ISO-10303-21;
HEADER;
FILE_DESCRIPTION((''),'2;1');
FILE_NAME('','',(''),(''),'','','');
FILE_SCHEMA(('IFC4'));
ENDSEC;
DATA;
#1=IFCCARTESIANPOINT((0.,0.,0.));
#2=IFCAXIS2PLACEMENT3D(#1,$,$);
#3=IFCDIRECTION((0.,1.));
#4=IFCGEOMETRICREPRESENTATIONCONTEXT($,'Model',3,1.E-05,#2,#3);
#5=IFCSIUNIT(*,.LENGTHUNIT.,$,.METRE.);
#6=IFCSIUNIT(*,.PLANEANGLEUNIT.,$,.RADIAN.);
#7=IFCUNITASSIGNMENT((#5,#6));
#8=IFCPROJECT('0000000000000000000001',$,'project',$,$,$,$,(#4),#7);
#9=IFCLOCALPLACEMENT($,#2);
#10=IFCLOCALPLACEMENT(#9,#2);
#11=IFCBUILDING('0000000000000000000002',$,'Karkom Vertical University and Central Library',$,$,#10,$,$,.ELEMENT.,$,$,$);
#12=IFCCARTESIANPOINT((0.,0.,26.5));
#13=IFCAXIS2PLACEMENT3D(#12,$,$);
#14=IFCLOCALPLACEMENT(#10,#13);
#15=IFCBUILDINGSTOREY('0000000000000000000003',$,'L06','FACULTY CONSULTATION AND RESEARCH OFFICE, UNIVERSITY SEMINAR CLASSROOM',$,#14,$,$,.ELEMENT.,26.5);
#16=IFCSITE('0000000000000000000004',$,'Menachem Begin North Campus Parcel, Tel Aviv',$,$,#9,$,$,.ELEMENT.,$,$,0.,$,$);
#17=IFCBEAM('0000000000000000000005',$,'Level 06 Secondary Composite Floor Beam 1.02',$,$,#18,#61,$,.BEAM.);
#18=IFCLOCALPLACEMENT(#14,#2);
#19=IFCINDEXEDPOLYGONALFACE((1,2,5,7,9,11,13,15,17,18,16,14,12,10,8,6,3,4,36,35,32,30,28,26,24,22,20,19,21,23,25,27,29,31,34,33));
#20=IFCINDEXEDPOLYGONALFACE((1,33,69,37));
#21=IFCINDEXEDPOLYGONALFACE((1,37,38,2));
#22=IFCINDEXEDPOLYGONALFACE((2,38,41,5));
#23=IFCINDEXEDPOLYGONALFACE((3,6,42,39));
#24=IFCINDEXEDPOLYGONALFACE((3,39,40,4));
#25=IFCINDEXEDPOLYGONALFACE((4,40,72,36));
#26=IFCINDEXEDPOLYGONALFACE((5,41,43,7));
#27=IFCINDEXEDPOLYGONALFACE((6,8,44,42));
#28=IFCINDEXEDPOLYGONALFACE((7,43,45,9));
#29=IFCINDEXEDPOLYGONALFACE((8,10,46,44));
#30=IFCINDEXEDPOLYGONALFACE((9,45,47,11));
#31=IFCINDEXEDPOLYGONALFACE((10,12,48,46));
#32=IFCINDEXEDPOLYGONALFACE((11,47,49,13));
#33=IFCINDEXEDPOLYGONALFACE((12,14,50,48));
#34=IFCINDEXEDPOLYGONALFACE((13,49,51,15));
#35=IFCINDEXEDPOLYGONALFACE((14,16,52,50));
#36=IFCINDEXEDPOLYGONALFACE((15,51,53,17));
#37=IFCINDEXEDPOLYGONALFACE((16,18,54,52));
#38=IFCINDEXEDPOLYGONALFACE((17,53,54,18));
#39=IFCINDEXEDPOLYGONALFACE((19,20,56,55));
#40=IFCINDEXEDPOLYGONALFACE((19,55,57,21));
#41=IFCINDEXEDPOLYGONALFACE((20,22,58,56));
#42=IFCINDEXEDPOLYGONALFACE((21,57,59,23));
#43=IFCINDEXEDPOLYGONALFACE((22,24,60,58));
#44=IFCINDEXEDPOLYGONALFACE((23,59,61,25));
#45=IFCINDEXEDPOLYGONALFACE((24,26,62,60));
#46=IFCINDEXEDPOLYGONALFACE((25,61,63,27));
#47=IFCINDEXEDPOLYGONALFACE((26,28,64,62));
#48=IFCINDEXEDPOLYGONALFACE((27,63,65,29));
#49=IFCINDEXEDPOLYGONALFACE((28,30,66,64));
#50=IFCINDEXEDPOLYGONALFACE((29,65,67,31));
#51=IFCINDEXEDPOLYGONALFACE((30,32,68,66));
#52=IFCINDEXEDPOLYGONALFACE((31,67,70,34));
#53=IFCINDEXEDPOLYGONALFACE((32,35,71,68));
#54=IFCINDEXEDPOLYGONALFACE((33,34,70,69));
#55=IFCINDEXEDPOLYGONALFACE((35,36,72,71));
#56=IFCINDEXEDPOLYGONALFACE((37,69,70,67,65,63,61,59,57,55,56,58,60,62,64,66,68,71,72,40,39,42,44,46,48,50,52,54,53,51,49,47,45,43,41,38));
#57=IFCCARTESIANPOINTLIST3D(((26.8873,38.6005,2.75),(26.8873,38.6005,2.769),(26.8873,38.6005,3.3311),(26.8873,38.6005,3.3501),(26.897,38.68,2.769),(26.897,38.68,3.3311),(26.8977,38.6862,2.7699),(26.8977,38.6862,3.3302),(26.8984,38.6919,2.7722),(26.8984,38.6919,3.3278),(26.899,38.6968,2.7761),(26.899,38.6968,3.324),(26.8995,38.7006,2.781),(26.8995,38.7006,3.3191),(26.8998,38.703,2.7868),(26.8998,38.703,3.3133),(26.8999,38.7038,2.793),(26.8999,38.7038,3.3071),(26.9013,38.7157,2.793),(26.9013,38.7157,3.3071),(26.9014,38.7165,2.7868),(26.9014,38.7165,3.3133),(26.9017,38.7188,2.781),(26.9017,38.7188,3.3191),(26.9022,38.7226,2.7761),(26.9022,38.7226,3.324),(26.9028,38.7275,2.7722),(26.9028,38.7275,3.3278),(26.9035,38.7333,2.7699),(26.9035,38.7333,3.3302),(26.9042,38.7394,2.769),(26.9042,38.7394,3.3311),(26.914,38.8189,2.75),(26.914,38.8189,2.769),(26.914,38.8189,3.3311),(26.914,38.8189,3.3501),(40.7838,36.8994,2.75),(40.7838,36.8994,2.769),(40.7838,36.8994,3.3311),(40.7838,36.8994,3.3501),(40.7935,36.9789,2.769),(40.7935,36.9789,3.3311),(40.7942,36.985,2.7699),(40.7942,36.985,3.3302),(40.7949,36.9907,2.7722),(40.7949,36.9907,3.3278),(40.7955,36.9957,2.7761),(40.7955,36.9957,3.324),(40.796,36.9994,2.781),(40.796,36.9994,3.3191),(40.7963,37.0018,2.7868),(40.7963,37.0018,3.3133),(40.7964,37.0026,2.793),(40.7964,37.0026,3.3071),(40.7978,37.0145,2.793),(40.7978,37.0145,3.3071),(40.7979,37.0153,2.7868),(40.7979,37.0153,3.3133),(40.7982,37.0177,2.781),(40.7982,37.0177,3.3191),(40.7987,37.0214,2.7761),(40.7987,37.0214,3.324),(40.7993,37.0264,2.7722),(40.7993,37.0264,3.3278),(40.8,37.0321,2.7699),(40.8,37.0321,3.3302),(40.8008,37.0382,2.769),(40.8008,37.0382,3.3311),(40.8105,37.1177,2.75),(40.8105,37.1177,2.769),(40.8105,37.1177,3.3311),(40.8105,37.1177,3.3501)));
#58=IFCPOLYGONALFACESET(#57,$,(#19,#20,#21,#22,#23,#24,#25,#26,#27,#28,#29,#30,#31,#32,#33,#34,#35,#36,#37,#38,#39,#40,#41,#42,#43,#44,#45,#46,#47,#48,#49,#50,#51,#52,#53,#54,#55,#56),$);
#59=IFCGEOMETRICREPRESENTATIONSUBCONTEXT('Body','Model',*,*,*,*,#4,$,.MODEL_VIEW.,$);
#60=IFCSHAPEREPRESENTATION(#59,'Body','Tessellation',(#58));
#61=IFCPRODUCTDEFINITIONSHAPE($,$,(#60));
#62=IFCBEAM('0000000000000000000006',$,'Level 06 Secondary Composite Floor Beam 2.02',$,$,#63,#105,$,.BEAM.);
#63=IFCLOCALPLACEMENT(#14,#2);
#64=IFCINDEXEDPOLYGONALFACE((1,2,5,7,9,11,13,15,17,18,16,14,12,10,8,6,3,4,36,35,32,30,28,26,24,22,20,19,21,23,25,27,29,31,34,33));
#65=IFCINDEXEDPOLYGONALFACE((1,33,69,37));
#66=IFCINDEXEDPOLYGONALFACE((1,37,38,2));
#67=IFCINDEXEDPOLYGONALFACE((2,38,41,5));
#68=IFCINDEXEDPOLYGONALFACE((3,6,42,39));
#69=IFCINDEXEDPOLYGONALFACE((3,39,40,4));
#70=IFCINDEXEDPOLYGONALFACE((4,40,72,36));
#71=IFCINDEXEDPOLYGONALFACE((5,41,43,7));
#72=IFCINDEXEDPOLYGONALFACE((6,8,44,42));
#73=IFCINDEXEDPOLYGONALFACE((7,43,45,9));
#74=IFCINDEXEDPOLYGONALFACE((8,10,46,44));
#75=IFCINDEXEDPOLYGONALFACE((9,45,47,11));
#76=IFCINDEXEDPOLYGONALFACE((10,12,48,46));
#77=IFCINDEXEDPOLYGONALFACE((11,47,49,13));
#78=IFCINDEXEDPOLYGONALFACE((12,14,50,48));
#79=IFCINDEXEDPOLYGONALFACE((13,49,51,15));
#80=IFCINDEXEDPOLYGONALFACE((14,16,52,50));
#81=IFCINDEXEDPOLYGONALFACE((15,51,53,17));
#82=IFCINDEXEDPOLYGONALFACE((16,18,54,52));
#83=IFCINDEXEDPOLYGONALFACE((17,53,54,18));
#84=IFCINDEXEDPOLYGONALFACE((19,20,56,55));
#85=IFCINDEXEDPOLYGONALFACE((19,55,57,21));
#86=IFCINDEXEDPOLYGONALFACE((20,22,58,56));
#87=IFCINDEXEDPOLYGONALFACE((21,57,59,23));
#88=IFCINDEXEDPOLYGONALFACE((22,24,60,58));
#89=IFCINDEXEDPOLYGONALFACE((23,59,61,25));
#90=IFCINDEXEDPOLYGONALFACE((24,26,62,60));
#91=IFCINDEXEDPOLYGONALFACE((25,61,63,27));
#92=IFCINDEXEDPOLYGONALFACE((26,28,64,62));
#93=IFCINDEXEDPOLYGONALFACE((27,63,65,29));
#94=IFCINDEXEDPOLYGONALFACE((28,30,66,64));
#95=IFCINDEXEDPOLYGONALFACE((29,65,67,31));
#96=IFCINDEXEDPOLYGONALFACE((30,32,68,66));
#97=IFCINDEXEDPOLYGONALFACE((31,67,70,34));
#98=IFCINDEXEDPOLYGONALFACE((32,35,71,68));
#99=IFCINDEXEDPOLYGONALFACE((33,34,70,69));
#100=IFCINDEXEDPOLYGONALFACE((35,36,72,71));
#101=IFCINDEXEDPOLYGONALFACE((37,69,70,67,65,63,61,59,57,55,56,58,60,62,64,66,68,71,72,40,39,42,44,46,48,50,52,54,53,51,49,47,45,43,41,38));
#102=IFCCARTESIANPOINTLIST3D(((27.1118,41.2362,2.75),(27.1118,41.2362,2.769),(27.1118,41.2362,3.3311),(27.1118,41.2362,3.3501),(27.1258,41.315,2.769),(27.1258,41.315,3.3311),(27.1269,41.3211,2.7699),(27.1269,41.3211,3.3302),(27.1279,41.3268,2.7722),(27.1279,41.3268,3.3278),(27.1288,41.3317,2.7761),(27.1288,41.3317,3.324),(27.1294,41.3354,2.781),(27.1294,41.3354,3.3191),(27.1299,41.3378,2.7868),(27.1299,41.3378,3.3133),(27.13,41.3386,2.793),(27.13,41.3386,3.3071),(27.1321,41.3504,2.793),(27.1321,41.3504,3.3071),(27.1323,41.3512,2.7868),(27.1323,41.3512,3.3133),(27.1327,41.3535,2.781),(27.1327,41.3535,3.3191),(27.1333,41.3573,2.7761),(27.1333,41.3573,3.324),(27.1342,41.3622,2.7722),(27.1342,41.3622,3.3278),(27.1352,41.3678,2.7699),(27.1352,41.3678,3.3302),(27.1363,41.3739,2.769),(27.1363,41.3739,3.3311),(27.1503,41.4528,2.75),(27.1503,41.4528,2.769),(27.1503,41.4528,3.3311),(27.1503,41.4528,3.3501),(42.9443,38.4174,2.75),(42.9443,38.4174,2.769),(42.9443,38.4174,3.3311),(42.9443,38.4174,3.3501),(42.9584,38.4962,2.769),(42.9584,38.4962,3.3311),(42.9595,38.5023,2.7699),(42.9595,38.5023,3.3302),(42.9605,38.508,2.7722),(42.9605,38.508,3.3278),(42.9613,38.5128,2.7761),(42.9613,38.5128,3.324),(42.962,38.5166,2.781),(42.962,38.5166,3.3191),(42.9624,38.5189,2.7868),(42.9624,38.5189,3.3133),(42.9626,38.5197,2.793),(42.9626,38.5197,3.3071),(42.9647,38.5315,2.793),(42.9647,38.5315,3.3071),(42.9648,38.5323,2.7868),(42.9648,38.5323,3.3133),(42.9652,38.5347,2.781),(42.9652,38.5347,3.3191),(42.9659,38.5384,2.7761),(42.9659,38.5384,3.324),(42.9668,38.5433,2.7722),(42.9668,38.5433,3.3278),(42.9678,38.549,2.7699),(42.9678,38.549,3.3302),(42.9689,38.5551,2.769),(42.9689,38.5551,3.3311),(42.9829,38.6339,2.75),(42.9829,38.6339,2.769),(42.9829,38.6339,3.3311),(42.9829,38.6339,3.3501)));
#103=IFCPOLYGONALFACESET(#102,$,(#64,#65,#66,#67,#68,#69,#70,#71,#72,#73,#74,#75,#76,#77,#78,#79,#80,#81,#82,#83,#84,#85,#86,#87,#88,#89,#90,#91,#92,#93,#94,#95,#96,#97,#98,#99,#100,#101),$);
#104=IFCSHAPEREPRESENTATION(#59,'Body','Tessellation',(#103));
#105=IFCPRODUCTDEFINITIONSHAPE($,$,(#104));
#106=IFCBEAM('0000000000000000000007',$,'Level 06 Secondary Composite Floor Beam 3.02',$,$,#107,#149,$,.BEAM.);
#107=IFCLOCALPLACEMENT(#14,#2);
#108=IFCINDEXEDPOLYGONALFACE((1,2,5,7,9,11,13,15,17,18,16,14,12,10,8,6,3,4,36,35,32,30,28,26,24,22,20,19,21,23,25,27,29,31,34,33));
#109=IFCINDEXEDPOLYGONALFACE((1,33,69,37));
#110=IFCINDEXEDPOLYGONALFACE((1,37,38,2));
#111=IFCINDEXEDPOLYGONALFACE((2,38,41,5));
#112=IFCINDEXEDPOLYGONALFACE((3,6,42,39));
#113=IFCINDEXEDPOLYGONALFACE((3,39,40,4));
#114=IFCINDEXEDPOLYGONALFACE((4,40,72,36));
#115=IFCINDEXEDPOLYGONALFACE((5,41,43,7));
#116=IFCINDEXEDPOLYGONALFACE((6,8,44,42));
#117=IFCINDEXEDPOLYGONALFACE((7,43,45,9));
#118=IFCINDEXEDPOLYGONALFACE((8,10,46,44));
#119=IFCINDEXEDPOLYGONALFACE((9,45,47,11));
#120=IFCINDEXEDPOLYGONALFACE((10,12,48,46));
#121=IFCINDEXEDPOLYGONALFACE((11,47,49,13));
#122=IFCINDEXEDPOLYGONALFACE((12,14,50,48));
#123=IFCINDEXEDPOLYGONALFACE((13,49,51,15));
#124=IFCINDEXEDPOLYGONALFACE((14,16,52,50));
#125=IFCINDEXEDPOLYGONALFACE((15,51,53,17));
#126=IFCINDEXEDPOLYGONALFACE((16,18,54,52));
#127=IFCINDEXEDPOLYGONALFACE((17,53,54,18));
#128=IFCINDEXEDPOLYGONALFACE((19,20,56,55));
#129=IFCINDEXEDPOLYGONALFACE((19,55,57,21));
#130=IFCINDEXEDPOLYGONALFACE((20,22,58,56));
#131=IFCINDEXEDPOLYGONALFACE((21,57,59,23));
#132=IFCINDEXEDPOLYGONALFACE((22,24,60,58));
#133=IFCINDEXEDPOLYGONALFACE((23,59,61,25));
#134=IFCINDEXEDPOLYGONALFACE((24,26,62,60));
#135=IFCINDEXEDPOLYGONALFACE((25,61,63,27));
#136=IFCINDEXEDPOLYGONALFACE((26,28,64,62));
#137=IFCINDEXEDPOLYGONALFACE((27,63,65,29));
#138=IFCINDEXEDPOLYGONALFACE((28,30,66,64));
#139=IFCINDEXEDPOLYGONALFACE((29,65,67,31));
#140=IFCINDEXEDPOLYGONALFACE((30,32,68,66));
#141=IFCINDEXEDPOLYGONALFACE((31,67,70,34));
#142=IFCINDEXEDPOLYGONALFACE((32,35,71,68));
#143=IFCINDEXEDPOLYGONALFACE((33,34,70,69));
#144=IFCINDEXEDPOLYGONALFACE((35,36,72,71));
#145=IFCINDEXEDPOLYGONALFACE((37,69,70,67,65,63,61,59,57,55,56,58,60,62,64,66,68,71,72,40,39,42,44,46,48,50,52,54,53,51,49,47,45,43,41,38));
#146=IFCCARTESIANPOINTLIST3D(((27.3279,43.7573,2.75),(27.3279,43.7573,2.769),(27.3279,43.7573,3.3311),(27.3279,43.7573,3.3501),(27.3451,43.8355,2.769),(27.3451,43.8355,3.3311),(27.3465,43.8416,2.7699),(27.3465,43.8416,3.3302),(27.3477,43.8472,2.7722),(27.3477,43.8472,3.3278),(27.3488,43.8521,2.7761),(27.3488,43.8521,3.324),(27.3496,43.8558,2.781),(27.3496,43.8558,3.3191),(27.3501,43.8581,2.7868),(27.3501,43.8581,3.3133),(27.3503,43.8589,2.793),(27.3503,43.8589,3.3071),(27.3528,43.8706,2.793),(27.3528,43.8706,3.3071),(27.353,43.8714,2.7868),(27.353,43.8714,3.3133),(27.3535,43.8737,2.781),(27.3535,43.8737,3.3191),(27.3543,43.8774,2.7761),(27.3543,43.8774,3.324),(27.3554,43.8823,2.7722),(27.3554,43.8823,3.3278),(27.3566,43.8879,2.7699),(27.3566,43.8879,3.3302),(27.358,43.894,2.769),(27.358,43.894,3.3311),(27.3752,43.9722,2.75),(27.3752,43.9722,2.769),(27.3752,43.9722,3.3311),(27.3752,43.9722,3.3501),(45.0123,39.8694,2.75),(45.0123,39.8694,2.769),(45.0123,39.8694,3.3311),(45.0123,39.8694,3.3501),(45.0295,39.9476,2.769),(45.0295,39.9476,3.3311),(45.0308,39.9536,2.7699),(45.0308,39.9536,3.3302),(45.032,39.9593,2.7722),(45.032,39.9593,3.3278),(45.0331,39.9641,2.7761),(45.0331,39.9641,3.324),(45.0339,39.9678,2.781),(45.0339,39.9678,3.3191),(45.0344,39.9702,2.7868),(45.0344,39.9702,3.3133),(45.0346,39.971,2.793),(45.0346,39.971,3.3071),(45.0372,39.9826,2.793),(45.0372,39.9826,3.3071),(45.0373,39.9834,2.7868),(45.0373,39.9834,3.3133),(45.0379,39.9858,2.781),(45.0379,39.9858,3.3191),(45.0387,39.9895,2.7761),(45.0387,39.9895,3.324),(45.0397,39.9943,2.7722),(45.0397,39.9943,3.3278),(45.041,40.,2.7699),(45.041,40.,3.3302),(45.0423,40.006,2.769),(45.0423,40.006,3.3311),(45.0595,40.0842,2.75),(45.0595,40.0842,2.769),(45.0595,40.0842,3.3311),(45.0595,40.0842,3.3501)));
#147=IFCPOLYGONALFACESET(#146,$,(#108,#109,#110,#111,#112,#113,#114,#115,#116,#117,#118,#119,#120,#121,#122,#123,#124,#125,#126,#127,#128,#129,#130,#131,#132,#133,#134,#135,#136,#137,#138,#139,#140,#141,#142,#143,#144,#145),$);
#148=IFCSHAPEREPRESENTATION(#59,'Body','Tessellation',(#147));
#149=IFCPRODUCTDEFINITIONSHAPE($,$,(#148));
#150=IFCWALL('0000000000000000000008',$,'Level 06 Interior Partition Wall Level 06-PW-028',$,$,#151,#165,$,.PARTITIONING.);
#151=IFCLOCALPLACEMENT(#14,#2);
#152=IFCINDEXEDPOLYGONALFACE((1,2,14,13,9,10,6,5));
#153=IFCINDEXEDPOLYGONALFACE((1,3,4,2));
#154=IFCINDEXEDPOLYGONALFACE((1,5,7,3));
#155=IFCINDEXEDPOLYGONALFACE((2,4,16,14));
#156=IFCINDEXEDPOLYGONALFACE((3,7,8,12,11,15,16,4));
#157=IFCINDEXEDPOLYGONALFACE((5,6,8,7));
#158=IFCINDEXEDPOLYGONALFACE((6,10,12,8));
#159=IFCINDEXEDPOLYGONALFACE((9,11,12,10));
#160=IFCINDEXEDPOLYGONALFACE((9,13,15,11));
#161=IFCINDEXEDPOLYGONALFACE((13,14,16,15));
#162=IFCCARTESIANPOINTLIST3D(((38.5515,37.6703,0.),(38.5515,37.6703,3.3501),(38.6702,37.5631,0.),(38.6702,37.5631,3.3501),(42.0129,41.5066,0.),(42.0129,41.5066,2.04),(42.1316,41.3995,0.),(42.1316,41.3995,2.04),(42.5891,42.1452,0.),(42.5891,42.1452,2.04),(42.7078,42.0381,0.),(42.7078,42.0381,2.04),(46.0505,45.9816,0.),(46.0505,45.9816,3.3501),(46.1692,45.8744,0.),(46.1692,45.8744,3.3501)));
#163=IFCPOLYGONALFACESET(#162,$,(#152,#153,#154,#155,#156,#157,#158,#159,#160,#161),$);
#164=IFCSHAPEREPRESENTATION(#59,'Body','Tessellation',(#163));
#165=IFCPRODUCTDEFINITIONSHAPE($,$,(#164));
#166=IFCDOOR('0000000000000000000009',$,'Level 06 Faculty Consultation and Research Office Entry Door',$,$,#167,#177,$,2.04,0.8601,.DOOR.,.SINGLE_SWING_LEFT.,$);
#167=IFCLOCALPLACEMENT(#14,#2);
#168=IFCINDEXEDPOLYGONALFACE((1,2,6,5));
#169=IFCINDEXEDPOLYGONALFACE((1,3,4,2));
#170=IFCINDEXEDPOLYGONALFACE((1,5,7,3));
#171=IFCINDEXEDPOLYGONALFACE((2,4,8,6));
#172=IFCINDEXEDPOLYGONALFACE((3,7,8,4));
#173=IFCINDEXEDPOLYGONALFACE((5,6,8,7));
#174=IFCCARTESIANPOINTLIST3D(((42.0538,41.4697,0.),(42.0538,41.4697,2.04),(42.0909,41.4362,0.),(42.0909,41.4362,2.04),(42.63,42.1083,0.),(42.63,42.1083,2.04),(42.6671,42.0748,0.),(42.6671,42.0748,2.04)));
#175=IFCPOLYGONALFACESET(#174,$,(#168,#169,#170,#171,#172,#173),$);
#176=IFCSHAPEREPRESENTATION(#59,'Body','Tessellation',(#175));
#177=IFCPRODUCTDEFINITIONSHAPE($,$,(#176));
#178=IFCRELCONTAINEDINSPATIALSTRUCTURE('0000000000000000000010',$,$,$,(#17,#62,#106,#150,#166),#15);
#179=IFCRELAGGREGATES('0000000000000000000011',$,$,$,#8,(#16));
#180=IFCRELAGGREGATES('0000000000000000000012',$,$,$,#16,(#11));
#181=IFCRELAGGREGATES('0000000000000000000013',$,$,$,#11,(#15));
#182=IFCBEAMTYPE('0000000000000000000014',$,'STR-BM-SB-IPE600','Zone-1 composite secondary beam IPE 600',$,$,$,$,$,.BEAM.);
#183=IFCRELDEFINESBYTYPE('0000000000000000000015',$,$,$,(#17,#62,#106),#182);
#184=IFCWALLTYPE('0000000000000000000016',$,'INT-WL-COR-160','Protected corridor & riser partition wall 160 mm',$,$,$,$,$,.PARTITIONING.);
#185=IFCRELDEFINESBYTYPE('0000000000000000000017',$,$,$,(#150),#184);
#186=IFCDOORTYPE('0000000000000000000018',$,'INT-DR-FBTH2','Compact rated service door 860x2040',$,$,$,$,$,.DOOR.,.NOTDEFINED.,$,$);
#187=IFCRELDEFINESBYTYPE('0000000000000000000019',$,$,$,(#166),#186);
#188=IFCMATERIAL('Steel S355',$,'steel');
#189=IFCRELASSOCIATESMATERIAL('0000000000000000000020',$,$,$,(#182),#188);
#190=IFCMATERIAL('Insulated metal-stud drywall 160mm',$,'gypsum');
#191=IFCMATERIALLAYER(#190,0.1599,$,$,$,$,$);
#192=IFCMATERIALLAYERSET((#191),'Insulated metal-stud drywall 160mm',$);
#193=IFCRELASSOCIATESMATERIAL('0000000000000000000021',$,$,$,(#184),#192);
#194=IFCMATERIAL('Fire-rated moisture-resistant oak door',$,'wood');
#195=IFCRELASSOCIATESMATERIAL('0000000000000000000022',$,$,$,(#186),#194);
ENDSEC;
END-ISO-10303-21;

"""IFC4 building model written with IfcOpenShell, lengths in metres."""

from ifc_helpers import new_model, si_unit, direction, frame, frame_2d, origin, origin_with_axes, origin_2d, place, context, subcontext, project, spatial, rectangle, i_section, extrude, source, transform, mapped, material, layer, layer_set, material_profile, profile_set, type_object, element, fill, save


model = new_model("IFC4")

# Units and contexts
model_context = context("Model", 3, precision=1e-05, world=origin(), true_north=direction((0.0, 1.0)))
body_context = subcontext(model_context, "Body", "Model", "MODEL_VIEW")
ifc_project = project(units=[si_unit("LENGTHUNIT", "METRE"), si_unit("PLANEANGLEUNIT", "RADIAN")], contexts=[model_context])

# Site, building, storey
site_placement = place(None, origin())
site = spatial("IfcSite", under=ifc_project, at=site_placement, Name="Menachem Begin North Campus Parcel, Tel Aviv", CompositionType="ELEMENT", RefElevation=0.0)
building_placement = place(site_placement, origin())
building = spatial("IfcBuilding", under=site, at=building_placement, Name="Karkom Vertical University and Central Library", CompositionType="ELEMENT")
storey_placement = place(building_placement, frame((0.0, 0.0, 26.5)))
storey = spatial("IfcBuildingStorey", under=building, at=storey_placement, Name="L06", Description="FACULTY CONSULTATION AND RESEARCH OFFICE, UNIVERSITY SEMINAR CLASSROOM", CompositionType="ELEMENT", Elevation=26.5)

# Beams
ifc_material_1 = material(Name="Steel S355", Category="steel")
ifc_material_profile = material_profile(ifc_material_1, i_section(OverallWidth=0.22, OverallDepth=0.6001, WebThickness=0.012, FlangeThickness=0.019, FilletRadius=0.0239, at=origin_2d()), Name="IPE 600")
ifc_profile_set = profile_set([ifc_material_profile], Name="Steel S355")
beam_type = type_object("IfcBeamType", Name="STR-BM-SB-IPE600", Description="Zone-1 composite secondary beam IPE 600", PredefinedType="BEAM", material=ifc_profile_set)
shared_shape_1 = source(origin_with_axes(), body_context, "Body", "SweptSolid", [
    extrude(i_section(OverallWidth=0.22, OverallDepth=0.6001, WebThickness=0.012, FlangeThickness=0.019, FilletRadius=0.0239, at=origin_2d()), origin(), (0.0, 0.0, 1.0), 14.0002),
])
beam_1_placement = place(storey_placement, frame((40.7971, 37.0085, 3.05), z_axis=(-0.99259, 0.12151, 0.0), x_axis=(-0.12151, -0.99259, 0.0)))
element("IfcBeam", 1, at=beam_1_placement, inside=storey, type_object=beam_type, Name="Level 06 Secondary Composite Floor Beam 1.02", PredefinedType="BEAM", context=body_context, shape_type="MappedRepresentation", body=[
    mapped(shared_shape_1, transform((0.0, 0.0, 0.0), scale=1.0)),
])
shared_shape_2 = source(origin_with_axes(), body_context, "Body", "SweptSolid", [
    extrude(i_section(OverallWidth=0.22, OverallDepth=0.6001, WebThickness=0.012, FlangeThickness=0.019, FilletRadius=0.0239, at=origin_2d()), origin(), (0.0, 0.0, 1.0), 16.0815),
])
beam_2_placement = place(storey_placement, frame((42.9636, 38.5256, 3.05), z_axis=(-0.984518, 0.175285, 0.0), x_axis=(-0.175285, -0.984518, 0.0)))
element("IfcBeam", 2, at=beam_2_placement, inside=storey, type_object=beam_type, Name="Level 06 Secondary Composite Floor Beam 2.02", PredefinedType="BEAM", context=body_context, shape_type="MappedRepresentation", body=[
    mapped(shared_shape_2, transform((0.0, 0.0, 0.0), scale=1.0)),
])
shared_shape_3 = source(origin_with_axes(), body_context, "Body", "SweptSolid", [
    extrude(i_section(OverallWidth=0.22, OverallDepth=0.6001, WebThickness=0.012, FlangeThickness=0.019, FilletRadius=0.0239, at=origin_2d()), origin(), (0.0, 0.0, 1.0), 18.1067),
])
beam_3_placement = place(storey_placement, frame((45.0359, 39.9768, 3.05), z_axis=(-0.976675, 0.214724, 0.0), x_axis=(-0.214724, -0.976675, 0.0)))
element("IfcBeam", 3, at=beam_3_placement, inside=storey, type_object=beam_type, Name="Level 06 Secondary Composite Floor Beam 3.02", PredefinedType="BEAM", context=body_context, shape_type="MappedRepresentation", body=[
    mapped(shared_shape_3, transform((0.0, 0.0, 0.0), scale=1.0)),
])

# Shared definitions
ifc_material_2 = material(Name="Insulated metal-stud drywall 160mm", Category="gypsum")
ifc_layer = layer(ifc_material_2, 0.1599)
ifc_layer_set = layer_set([ifc_layer], Name="Insulated metal-stud drywall 160mm")
wall_type = type_object("IfcWallType", Name="INT-WL-COR-160", Description="Protected corridor & riser partition wall 160 mm", PredefinedType="PARTITIONING", material=ifc_layer_set)
ifc_material_3 = material(Name="Fire-rated moisture-resistant oak door", Category="wood")
door_type_1 = type_object("IfcDoorType", Name="INT-DR-FBTH2", Description="Compact rated service door 860x2040", OperationType="NOTDEFINED", PredefinedType="DOOR", material=ifc_material_3)
shared_shape_4 = source(origin_with_axes(), body_context, "Body", "SweptSolid", [
    extrude(rectangle(XDim=0.8601, YDim=2.04, at=frame_2d((0.4302, 1.02))), frame((0.0, 0.0249, 0.0), z_axis=(0.0, -1.0, 0.0), x_axis=(1.0, 0.0, 0.0)), (0.0, 0.0, 1.0), 0.05),
])

# Wall, opening, door
wall_1_placement = place(storey_placement, frame((38.6108, 37.6167, 0.0), z_axis=(0.0, 0.0, 1.0), x_axis=(0.669896, 0.742455, 0.0)))
wall_1 = element("IfcWall", 4, at=wall_1_placement, inside=storey, type_object=wall_type, Name="Level 06 Interior Partition Wall Level 06-PW-028", PredefinedType="PARTITIONING", context=body_context, shape_type="SweptSolid", body=[
    extrude(rectangle(XDim=11.1943, YDim=0.1599, at=frame_2d((5.5972, 0.0))), origin(), (0.0, 0.0, 1.0), 3.3501),
])
opening_1_placement = place(wall_1_placement, frame((5.167, 0.0, 0.0)))
opening_1 = element("IfcOpeningElement", 5, at=opening_1_placement, cuts=wall_1, PredefinedType="OPENING", context=body_context, shape_type="SweptSolid", body=[
    extrude(rectangle(XDim=0.8601, YDim=2.04, at=frame_2d((0.4302, 1.02))), frame((0.0, 0.0898, 0.0), z_axis=(0.0, -1.0, 0.0), x_axis=(1.0, 0.0, 0.0)), (0.0, 0.0, 1.0), 0.1799),
])
door_1_placement = place(opening_1_placement, origin())
door_1 = element("IfcDoor", 6, at=door_1_placement, inside=storey, type_object=door_type_1, Name="Level 06 Faculty Consultation and Research Office Entry Door", OperationType="SINGLE_SWING_LEFT", OverallHeight=2.04, OverallWidth=0.8601, PredefinedType="DOOR", context=body_context, shape_type="MappedRepresentation", body=[
    mapped(shared_shape_4, transform((0.0, 0.0, 0.0), scale=1.0)),
])
fill(opening_1, door_1)

save(model, "model.ifc")
